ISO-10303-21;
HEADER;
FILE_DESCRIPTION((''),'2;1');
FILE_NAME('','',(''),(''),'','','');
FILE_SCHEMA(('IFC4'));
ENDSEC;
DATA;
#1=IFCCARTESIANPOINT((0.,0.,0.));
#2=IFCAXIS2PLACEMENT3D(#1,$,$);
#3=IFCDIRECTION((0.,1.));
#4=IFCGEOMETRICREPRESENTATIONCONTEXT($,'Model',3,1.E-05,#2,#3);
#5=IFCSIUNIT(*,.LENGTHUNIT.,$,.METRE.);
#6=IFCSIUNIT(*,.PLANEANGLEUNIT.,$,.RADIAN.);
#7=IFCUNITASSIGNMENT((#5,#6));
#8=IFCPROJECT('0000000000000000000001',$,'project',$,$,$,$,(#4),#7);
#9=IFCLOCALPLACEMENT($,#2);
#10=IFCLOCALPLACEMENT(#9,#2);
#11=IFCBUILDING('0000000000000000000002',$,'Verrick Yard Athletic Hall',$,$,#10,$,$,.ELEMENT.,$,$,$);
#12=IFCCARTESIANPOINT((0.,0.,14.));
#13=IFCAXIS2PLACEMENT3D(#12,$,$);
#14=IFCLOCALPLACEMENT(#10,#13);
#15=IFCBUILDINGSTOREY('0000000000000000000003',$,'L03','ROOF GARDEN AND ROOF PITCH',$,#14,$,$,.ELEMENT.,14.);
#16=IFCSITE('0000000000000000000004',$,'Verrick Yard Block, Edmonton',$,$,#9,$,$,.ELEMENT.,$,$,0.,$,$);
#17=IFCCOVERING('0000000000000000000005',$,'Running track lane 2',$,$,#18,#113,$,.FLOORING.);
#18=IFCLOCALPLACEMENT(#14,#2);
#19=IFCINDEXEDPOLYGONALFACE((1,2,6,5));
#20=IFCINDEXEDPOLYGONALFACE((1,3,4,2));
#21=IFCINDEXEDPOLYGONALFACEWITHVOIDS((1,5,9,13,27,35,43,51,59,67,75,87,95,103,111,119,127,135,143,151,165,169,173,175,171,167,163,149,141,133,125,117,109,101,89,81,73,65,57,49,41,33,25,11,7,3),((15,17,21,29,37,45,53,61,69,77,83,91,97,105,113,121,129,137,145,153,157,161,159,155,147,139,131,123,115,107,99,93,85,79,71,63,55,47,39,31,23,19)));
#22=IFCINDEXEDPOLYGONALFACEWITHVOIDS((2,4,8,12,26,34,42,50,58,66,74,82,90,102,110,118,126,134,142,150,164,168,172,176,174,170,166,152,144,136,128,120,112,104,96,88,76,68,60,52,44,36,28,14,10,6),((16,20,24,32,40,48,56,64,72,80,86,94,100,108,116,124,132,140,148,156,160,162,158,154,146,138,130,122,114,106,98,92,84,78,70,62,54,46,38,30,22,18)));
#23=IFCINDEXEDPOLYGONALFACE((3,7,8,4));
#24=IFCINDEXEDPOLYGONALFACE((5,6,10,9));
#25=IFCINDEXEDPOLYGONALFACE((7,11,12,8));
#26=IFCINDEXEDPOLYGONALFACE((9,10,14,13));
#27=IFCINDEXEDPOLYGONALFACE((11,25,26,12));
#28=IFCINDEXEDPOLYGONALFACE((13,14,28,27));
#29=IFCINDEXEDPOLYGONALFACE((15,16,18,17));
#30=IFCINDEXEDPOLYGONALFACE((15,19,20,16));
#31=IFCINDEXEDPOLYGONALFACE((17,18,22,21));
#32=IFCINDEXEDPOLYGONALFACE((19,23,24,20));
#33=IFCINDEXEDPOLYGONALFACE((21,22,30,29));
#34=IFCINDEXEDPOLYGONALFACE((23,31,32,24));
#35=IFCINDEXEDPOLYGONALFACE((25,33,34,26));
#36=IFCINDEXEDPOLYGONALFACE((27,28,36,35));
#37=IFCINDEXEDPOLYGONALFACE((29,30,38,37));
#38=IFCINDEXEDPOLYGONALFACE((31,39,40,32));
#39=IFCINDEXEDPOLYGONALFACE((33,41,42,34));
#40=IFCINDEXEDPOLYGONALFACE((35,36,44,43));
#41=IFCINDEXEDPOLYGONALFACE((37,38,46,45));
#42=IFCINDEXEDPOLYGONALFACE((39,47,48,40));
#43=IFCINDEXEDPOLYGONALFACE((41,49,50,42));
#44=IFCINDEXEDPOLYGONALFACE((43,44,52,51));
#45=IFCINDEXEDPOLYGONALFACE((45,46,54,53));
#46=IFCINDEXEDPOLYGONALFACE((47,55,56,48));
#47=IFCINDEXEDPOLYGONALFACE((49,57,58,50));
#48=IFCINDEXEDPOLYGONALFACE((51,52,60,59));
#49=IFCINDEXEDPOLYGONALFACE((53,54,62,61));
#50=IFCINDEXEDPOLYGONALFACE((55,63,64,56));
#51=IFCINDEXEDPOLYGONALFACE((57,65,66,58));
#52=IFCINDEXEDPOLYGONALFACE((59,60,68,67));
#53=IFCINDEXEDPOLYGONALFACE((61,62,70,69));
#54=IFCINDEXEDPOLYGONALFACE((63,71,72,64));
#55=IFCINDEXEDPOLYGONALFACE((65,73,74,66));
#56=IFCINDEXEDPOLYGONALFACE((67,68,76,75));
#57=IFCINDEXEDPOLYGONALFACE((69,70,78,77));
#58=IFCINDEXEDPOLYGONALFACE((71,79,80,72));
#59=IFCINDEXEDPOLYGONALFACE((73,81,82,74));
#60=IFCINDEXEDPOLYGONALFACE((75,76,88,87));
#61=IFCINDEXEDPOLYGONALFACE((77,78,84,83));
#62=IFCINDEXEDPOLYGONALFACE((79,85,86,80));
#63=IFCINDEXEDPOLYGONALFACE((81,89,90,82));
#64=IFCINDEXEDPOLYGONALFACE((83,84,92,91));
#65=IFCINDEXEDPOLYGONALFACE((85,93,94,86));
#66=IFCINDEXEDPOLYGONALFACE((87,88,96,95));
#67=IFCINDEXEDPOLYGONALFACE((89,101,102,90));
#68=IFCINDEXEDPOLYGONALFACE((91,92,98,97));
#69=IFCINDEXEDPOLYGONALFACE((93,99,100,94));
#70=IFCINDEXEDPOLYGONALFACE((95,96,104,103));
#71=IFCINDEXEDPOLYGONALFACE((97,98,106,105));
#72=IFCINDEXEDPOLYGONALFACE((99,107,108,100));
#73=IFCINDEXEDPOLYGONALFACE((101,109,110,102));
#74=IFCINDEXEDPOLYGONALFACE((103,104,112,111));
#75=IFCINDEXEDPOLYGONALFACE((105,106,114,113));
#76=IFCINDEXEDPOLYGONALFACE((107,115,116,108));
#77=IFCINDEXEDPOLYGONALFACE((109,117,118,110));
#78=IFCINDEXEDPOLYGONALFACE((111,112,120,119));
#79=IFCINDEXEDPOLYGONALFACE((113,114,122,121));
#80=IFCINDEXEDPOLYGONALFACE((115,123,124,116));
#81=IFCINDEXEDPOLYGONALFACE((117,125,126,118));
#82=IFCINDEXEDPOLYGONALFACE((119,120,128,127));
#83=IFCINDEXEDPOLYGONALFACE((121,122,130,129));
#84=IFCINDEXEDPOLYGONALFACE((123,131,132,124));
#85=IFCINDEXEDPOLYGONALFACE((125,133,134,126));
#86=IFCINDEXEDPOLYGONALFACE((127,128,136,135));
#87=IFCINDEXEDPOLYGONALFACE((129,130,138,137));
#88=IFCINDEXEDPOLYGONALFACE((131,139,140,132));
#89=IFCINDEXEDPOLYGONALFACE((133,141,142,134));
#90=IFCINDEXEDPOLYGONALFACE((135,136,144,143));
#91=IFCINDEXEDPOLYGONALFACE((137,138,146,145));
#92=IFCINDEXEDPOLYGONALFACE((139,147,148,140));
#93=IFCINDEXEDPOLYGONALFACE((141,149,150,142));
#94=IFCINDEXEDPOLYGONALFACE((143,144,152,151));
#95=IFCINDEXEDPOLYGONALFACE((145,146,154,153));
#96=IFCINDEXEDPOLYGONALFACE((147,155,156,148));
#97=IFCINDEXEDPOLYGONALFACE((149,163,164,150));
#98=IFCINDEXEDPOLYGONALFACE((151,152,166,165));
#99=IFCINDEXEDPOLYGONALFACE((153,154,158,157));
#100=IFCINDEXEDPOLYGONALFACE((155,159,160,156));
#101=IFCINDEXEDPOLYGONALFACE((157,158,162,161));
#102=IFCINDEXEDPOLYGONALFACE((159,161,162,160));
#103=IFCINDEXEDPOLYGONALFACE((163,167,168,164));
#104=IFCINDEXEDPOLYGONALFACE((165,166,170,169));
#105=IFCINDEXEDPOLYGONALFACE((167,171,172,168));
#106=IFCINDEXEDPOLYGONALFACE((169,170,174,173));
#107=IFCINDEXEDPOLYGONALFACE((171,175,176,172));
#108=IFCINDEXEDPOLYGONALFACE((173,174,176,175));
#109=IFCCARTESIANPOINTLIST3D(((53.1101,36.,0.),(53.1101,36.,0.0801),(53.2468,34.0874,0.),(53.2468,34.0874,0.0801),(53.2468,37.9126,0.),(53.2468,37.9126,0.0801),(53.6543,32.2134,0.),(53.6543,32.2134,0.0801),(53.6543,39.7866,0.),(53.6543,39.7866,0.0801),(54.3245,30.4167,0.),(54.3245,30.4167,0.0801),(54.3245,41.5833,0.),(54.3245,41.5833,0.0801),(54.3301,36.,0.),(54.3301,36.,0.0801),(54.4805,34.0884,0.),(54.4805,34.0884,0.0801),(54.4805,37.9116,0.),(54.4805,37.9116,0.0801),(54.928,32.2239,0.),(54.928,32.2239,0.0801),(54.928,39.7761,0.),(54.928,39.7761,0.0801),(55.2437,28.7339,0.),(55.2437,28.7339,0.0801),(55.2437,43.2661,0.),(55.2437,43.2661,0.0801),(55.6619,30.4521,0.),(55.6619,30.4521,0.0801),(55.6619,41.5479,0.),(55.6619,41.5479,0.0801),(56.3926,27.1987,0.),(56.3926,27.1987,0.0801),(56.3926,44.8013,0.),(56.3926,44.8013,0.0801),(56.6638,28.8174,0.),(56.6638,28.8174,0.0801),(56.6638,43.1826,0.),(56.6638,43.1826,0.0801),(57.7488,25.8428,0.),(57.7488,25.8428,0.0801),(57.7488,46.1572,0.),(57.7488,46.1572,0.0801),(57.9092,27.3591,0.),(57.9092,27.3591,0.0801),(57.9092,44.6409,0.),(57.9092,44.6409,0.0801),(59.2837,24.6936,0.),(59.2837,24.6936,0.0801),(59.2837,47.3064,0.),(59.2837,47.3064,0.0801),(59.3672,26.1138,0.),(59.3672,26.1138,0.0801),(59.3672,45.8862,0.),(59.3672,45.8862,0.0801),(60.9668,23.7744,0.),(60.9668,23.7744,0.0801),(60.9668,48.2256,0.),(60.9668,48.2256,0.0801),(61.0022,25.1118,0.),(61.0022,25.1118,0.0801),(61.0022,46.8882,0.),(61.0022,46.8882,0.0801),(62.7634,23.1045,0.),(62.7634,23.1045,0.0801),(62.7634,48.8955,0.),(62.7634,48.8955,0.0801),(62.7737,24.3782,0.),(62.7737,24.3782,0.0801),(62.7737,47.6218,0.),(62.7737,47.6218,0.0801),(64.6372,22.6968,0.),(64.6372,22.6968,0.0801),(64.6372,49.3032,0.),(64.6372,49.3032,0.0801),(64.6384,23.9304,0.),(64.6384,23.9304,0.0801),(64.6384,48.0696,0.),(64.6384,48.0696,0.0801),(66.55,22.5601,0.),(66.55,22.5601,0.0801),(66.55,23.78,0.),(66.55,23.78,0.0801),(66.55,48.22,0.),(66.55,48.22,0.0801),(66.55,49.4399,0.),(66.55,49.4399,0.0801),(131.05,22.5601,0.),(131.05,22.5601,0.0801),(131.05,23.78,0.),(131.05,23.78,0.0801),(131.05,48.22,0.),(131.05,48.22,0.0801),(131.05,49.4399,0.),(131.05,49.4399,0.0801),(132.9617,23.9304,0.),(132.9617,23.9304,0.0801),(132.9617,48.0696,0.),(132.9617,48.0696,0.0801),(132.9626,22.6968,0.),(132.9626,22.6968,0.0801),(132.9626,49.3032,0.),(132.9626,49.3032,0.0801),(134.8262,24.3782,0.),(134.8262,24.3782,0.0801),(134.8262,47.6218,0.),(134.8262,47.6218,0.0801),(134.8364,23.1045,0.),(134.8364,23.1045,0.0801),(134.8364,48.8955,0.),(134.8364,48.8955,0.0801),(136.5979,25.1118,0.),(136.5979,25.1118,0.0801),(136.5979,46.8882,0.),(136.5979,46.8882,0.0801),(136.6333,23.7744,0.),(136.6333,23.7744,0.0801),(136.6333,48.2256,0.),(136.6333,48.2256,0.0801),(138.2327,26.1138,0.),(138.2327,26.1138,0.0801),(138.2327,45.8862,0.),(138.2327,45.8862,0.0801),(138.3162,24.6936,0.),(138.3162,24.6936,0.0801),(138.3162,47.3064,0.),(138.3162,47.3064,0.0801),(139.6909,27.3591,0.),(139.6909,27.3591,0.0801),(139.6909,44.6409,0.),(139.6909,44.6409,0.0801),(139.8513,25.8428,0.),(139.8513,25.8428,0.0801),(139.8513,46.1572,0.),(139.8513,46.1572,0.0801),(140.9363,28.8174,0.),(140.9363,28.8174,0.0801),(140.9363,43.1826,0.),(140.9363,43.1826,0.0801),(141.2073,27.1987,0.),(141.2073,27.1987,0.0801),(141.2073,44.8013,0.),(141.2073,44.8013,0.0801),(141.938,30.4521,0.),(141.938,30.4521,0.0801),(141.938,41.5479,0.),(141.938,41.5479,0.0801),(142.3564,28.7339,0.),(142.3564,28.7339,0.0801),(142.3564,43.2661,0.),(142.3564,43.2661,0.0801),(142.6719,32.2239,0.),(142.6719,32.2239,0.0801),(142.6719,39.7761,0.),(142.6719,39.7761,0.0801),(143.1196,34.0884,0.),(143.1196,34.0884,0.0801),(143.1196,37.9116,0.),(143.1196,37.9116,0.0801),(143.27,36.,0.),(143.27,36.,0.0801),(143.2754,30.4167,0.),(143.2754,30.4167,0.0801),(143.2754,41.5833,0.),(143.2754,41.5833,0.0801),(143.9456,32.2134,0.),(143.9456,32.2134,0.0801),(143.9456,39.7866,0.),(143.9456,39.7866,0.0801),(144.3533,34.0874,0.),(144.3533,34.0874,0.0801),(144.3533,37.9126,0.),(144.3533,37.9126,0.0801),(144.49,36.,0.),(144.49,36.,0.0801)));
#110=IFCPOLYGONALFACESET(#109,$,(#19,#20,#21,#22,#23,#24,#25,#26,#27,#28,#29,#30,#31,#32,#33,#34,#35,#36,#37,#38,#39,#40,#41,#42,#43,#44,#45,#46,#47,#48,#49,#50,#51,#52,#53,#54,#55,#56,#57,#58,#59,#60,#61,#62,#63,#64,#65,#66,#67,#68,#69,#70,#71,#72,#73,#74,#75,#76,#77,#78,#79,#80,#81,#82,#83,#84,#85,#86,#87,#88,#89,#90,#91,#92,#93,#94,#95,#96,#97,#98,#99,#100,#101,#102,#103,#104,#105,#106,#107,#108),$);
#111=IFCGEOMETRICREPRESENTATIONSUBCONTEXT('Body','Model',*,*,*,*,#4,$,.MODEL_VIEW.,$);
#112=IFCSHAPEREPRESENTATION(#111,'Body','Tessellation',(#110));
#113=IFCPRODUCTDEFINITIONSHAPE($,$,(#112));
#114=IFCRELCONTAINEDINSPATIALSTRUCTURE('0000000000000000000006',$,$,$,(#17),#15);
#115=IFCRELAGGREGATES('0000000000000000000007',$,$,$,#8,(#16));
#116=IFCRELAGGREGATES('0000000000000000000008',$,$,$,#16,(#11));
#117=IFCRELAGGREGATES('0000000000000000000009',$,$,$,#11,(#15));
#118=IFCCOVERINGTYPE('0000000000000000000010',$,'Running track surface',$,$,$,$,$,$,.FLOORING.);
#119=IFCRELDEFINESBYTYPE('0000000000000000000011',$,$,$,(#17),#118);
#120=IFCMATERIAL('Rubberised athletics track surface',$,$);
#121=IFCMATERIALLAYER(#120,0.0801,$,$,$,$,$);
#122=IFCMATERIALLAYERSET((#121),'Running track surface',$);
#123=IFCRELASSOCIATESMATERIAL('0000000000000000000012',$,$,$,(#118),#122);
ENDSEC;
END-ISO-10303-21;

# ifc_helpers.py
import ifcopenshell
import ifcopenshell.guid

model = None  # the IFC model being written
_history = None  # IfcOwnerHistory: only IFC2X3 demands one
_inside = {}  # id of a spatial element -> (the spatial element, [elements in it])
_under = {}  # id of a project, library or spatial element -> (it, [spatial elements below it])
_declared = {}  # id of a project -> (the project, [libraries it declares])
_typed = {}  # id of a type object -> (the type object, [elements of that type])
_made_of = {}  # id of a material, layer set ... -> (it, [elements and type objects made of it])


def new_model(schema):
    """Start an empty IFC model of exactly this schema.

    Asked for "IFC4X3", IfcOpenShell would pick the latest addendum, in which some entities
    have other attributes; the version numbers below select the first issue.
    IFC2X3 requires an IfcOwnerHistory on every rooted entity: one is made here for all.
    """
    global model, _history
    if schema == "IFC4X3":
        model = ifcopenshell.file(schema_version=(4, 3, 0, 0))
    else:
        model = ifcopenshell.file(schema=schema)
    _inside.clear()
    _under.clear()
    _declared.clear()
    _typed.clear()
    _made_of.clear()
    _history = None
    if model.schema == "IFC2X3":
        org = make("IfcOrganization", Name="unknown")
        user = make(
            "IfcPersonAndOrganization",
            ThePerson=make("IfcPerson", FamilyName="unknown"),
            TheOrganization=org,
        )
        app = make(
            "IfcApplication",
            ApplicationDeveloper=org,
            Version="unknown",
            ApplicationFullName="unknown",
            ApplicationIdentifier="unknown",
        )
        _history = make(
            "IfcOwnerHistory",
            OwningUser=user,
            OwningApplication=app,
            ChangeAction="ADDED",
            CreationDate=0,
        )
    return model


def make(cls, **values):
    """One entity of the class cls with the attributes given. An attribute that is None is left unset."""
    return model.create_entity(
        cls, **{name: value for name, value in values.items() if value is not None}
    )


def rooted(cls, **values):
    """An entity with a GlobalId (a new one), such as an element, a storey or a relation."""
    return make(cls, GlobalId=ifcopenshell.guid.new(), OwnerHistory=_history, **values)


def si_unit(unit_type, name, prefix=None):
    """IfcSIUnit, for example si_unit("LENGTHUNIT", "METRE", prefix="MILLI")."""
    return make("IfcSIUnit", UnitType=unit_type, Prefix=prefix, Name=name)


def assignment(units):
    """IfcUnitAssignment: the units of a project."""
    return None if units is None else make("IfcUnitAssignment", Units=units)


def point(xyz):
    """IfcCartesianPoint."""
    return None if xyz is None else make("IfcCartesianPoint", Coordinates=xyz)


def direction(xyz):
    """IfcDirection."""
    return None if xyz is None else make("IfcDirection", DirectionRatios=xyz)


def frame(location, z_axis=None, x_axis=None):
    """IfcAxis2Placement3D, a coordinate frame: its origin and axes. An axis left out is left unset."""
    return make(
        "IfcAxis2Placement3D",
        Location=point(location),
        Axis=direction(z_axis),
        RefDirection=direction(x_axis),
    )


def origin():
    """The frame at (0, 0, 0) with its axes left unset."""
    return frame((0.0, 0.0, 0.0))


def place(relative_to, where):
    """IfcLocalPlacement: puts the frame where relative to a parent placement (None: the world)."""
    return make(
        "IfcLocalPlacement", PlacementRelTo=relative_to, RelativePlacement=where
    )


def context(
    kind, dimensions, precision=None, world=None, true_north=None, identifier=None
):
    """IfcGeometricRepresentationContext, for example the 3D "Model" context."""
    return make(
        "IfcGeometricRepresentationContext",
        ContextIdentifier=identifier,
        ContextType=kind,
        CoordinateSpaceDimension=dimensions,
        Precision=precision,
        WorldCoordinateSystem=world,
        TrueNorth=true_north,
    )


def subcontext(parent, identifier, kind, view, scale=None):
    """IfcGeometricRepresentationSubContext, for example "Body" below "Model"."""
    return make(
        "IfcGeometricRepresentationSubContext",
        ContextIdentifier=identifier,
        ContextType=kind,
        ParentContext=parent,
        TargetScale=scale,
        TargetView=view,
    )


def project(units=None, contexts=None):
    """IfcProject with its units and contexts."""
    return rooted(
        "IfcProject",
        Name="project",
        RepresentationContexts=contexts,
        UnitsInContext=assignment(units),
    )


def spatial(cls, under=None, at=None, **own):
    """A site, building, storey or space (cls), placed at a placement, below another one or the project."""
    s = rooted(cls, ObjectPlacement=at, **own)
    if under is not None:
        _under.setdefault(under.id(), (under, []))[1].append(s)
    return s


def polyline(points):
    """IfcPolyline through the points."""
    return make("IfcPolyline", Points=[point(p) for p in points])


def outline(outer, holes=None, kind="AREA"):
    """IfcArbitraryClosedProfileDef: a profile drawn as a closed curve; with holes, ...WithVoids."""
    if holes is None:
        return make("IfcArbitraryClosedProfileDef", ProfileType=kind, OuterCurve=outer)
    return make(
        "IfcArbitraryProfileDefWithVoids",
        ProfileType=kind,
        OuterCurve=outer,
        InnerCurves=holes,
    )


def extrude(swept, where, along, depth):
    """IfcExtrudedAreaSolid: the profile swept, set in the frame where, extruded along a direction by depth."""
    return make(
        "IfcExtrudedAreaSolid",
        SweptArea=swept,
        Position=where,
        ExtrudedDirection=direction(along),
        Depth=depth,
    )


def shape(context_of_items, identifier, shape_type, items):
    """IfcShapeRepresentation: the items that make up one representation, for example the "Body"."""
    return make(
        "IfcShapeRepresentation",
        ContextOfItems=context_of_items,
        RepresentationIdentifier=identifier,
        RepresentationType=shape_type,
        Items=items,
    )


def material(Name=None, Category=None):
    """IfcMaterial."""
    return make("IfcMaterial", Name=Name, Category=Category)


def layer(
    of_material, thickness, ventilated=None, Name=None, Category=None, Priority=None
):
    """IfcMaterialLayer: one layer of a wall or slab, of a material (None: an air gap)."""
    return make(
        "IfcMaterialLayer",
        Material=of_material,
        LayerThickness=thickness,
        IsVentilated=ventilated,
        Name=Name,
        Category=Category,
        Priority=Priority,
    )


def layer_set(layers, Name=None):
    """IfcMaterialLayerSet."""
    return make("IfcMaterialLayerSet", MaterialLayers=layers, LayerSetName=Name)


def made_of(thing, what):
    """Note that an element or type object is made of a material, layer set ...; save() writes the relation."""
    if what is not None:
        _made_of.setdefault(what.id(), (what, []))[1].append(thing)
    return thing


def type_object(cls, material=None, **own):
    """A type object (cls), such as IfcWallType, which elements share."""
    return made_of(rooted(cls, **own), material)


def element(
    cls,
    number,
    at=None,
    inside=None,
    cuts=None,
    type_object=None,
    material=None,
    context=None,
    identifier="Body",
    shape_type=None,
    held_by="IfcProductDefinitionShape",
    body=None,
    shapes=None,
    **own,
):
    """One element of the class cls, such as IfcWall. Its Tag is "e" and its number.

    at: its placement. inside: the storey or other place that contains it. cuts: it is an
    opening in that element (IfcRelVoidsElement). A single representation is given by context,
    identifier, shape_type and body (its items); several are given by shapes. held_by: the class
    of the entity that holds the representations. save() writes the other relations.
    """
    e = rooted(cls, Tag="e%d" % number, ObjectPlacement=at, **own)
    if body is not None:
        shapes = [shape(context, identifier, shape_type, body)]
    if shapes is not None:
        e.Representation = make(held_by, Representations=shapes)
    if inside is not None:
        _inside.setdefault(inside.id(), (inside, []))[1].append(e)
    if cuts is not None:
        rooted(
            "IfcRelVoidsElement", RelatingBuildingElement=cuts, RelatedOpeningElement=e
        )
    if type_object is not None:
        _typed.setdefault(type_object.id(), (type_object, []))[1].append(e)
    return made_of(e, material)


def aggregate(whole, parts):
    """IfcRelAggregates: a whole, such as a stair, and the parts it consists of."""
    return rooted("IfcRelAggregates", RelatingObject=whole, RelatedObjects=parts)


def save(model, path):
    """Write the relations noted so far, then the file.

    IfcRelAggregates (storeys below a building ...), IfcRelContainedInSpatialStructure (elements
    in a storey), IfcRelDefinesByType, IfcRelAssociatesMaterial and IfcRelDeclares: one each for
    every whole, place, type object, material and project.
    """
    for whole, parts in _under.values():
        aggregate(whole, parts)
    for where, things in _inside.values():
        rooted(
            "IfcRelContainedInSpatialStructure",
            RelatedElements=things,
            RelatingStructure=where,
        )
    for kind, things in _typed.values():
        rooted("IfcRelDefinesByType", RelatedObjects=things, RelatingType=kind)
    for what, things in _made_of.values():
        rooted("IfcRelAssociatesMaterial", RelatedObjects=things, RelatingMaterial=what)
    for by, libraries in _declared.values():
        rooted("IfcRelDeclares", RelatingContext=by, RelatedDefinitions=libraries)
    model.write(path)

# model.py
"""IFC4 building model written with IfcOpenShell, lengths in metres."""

from ifc_helpers import new_model, si_unit, direction, frame, origin, place, context, subcontext, project, spatial, polyline, outline, extrude, material, layer, layer_set, type_object, element, save


model = new_model("IFC4")

# Units and contexts
model_context = context("Model", 3, precision=1e-05, world=origin(), true_north=direction((0.0, 1.0)))
body_context = subcontext(model_context, "Body", "Model", "MODEL_VIEW")
ifc_project = project(units=[si_unit("LENGTHUNIT", "METRE"), si_unit("PLANEANGLEUNIT", "RADIAN")], contexts=[model_context])

# Site, building, storey
site_placement = place(None, origin())
site = spatial("IfcSite", under=ifc_project, at=site_placement, Name="Verrick Yard Block, Edmonton", CompositionType="ELEMENT", RefElevation=0.0)
building_placement = place(site_placement, origin())
building = spatial("IfcBuilding", under=site, at=building_placement, Name="Verrick Yard Athletic Hall", CompositionType="ELEMENT")
storey_placement = place(building_placement, frame((0.0, 0.0, 14.0)))
storey = spatial("IfcBuildingStorey", under=building, at=storey_placement, Name="L03", Description="ROOF GARDEN AND ROOF PITCH", CompositionType="ELEMENT", Elevation=14.0)

# Covering
ifc_material_1 = material(Name="Rubberised athletics track surface")
ifc_layer_1 = layer(ifc_material_1, 0.0801)
ifc_layer_set_1 = layer_set([ifc_layer_1], Name="Running track surface")
covering_type_1 = type_object("IfcCoveringType", Name="Running track surface", PredefinedType="FLOORING", material=ifc_layer_set_1)
covering_1_placement = place(storey_placement, origin())
element("IfcCovering", 1, at=covering_1_placement, inside=storey, type_object=covering_type_1, Name="Running track lane 2", PredefinedType="FLOORING", context=body_context, shape_type="SweptSolid", body=[
    extrude(outline(polyline([(66.55, 22.5601), (131.05, 22.5601), (132.9626, 22.6968), (134.8364, 23.1045), (136.6333, 23.7744), (138.3162, 24.6936), (139.8513, 25.8428), (141.2073, 27.1987), (142.3564, 28.7339), (143.2754, 30.4167), (143.9456, 32.2134), (144.3533, 34.0874), (144.49, 36.0), (144.3533, 37.9126), (143.9456, 39.7866), (143.2754, 41.5833), (142.3564, 43.2661), (141.2073, 44.8013), (139.8513, 46.1572), (138.3162, 47.3064), (136.6333, 48.2256), (134.8364, 48.8955), (132.9626, 49.3032), (131.05, 49.4399), (66.55, 49.4399), (64.6372, 49.3032), (62.7634, 48.8955), (60.9668, 48.2256), (59.2837, 47.3064), (57.7488, 46.1572), (56.3926, 44.8013), (55.2437, 43.2661), (54.3245, 41.5833), (53.6543, 39.7866), (53.2468, 37.9126), (53.1101, 36.0), (53.2468, 34.0874), (53.6543, 32.2134), (54.3245, 30.4167), (55.2437, 28.7339), (56.3926, 27.1987), (57.7488, 25.8428), (59.2837, 24.6936), (60.9668, 23.7744), (62.7634, 23.1045), (64.6372, 22.6968), (66.55, 22.5601)]), holes=[polyline([(66.55, 23.78), (131.05, 23.78), (132.9617, 23.9304), (134.8262, 24.3782), (136.5979, 25.1118), (138.2327, 26.1138), (139.6909, 27.3591), (140.9363, 28.8174), (141.938, 30.4521), (142.6719, 32.2239), (143.1196, 34.0884), (143.27, 36.0), (143.1196, 37.9116), (142.6719, 39.7761), (141.938, 41.5479), (140.9363, 43.1826), (139.6909, 44.6409), (138.2327, 45.8862), (136.5979, 46.8882), (134.8262, 47.6218), (132.9617, 48.0696), (131.05, 48.22), (66.55, 48.22), (64.6384, 48.0696), (62.7737, 47.6218), (61.0022, 46.8882), (59.3672, 45.8862), (57.9092, 44.6409), (56.6638, 43.1826), (55.6619, 41.5479), (54.928, 39.7761), (54.4805, 37.9116), (54.3301, 36.0), (54.4805, 34.0884), (54.928, 32.2239), (55.6619, 30.4521), (56.6638, 28.8174), (57.9092, 27.3591), (59.3672, 26.1138), (61.0022, 25.1118), (62.7737, 24.3782), (64.6384, 23.9304), (66.55, 23.78)])]), origin(), (0.0, 0.0, 1.0), 0.0801),
])

save(model, "model.ifc")
